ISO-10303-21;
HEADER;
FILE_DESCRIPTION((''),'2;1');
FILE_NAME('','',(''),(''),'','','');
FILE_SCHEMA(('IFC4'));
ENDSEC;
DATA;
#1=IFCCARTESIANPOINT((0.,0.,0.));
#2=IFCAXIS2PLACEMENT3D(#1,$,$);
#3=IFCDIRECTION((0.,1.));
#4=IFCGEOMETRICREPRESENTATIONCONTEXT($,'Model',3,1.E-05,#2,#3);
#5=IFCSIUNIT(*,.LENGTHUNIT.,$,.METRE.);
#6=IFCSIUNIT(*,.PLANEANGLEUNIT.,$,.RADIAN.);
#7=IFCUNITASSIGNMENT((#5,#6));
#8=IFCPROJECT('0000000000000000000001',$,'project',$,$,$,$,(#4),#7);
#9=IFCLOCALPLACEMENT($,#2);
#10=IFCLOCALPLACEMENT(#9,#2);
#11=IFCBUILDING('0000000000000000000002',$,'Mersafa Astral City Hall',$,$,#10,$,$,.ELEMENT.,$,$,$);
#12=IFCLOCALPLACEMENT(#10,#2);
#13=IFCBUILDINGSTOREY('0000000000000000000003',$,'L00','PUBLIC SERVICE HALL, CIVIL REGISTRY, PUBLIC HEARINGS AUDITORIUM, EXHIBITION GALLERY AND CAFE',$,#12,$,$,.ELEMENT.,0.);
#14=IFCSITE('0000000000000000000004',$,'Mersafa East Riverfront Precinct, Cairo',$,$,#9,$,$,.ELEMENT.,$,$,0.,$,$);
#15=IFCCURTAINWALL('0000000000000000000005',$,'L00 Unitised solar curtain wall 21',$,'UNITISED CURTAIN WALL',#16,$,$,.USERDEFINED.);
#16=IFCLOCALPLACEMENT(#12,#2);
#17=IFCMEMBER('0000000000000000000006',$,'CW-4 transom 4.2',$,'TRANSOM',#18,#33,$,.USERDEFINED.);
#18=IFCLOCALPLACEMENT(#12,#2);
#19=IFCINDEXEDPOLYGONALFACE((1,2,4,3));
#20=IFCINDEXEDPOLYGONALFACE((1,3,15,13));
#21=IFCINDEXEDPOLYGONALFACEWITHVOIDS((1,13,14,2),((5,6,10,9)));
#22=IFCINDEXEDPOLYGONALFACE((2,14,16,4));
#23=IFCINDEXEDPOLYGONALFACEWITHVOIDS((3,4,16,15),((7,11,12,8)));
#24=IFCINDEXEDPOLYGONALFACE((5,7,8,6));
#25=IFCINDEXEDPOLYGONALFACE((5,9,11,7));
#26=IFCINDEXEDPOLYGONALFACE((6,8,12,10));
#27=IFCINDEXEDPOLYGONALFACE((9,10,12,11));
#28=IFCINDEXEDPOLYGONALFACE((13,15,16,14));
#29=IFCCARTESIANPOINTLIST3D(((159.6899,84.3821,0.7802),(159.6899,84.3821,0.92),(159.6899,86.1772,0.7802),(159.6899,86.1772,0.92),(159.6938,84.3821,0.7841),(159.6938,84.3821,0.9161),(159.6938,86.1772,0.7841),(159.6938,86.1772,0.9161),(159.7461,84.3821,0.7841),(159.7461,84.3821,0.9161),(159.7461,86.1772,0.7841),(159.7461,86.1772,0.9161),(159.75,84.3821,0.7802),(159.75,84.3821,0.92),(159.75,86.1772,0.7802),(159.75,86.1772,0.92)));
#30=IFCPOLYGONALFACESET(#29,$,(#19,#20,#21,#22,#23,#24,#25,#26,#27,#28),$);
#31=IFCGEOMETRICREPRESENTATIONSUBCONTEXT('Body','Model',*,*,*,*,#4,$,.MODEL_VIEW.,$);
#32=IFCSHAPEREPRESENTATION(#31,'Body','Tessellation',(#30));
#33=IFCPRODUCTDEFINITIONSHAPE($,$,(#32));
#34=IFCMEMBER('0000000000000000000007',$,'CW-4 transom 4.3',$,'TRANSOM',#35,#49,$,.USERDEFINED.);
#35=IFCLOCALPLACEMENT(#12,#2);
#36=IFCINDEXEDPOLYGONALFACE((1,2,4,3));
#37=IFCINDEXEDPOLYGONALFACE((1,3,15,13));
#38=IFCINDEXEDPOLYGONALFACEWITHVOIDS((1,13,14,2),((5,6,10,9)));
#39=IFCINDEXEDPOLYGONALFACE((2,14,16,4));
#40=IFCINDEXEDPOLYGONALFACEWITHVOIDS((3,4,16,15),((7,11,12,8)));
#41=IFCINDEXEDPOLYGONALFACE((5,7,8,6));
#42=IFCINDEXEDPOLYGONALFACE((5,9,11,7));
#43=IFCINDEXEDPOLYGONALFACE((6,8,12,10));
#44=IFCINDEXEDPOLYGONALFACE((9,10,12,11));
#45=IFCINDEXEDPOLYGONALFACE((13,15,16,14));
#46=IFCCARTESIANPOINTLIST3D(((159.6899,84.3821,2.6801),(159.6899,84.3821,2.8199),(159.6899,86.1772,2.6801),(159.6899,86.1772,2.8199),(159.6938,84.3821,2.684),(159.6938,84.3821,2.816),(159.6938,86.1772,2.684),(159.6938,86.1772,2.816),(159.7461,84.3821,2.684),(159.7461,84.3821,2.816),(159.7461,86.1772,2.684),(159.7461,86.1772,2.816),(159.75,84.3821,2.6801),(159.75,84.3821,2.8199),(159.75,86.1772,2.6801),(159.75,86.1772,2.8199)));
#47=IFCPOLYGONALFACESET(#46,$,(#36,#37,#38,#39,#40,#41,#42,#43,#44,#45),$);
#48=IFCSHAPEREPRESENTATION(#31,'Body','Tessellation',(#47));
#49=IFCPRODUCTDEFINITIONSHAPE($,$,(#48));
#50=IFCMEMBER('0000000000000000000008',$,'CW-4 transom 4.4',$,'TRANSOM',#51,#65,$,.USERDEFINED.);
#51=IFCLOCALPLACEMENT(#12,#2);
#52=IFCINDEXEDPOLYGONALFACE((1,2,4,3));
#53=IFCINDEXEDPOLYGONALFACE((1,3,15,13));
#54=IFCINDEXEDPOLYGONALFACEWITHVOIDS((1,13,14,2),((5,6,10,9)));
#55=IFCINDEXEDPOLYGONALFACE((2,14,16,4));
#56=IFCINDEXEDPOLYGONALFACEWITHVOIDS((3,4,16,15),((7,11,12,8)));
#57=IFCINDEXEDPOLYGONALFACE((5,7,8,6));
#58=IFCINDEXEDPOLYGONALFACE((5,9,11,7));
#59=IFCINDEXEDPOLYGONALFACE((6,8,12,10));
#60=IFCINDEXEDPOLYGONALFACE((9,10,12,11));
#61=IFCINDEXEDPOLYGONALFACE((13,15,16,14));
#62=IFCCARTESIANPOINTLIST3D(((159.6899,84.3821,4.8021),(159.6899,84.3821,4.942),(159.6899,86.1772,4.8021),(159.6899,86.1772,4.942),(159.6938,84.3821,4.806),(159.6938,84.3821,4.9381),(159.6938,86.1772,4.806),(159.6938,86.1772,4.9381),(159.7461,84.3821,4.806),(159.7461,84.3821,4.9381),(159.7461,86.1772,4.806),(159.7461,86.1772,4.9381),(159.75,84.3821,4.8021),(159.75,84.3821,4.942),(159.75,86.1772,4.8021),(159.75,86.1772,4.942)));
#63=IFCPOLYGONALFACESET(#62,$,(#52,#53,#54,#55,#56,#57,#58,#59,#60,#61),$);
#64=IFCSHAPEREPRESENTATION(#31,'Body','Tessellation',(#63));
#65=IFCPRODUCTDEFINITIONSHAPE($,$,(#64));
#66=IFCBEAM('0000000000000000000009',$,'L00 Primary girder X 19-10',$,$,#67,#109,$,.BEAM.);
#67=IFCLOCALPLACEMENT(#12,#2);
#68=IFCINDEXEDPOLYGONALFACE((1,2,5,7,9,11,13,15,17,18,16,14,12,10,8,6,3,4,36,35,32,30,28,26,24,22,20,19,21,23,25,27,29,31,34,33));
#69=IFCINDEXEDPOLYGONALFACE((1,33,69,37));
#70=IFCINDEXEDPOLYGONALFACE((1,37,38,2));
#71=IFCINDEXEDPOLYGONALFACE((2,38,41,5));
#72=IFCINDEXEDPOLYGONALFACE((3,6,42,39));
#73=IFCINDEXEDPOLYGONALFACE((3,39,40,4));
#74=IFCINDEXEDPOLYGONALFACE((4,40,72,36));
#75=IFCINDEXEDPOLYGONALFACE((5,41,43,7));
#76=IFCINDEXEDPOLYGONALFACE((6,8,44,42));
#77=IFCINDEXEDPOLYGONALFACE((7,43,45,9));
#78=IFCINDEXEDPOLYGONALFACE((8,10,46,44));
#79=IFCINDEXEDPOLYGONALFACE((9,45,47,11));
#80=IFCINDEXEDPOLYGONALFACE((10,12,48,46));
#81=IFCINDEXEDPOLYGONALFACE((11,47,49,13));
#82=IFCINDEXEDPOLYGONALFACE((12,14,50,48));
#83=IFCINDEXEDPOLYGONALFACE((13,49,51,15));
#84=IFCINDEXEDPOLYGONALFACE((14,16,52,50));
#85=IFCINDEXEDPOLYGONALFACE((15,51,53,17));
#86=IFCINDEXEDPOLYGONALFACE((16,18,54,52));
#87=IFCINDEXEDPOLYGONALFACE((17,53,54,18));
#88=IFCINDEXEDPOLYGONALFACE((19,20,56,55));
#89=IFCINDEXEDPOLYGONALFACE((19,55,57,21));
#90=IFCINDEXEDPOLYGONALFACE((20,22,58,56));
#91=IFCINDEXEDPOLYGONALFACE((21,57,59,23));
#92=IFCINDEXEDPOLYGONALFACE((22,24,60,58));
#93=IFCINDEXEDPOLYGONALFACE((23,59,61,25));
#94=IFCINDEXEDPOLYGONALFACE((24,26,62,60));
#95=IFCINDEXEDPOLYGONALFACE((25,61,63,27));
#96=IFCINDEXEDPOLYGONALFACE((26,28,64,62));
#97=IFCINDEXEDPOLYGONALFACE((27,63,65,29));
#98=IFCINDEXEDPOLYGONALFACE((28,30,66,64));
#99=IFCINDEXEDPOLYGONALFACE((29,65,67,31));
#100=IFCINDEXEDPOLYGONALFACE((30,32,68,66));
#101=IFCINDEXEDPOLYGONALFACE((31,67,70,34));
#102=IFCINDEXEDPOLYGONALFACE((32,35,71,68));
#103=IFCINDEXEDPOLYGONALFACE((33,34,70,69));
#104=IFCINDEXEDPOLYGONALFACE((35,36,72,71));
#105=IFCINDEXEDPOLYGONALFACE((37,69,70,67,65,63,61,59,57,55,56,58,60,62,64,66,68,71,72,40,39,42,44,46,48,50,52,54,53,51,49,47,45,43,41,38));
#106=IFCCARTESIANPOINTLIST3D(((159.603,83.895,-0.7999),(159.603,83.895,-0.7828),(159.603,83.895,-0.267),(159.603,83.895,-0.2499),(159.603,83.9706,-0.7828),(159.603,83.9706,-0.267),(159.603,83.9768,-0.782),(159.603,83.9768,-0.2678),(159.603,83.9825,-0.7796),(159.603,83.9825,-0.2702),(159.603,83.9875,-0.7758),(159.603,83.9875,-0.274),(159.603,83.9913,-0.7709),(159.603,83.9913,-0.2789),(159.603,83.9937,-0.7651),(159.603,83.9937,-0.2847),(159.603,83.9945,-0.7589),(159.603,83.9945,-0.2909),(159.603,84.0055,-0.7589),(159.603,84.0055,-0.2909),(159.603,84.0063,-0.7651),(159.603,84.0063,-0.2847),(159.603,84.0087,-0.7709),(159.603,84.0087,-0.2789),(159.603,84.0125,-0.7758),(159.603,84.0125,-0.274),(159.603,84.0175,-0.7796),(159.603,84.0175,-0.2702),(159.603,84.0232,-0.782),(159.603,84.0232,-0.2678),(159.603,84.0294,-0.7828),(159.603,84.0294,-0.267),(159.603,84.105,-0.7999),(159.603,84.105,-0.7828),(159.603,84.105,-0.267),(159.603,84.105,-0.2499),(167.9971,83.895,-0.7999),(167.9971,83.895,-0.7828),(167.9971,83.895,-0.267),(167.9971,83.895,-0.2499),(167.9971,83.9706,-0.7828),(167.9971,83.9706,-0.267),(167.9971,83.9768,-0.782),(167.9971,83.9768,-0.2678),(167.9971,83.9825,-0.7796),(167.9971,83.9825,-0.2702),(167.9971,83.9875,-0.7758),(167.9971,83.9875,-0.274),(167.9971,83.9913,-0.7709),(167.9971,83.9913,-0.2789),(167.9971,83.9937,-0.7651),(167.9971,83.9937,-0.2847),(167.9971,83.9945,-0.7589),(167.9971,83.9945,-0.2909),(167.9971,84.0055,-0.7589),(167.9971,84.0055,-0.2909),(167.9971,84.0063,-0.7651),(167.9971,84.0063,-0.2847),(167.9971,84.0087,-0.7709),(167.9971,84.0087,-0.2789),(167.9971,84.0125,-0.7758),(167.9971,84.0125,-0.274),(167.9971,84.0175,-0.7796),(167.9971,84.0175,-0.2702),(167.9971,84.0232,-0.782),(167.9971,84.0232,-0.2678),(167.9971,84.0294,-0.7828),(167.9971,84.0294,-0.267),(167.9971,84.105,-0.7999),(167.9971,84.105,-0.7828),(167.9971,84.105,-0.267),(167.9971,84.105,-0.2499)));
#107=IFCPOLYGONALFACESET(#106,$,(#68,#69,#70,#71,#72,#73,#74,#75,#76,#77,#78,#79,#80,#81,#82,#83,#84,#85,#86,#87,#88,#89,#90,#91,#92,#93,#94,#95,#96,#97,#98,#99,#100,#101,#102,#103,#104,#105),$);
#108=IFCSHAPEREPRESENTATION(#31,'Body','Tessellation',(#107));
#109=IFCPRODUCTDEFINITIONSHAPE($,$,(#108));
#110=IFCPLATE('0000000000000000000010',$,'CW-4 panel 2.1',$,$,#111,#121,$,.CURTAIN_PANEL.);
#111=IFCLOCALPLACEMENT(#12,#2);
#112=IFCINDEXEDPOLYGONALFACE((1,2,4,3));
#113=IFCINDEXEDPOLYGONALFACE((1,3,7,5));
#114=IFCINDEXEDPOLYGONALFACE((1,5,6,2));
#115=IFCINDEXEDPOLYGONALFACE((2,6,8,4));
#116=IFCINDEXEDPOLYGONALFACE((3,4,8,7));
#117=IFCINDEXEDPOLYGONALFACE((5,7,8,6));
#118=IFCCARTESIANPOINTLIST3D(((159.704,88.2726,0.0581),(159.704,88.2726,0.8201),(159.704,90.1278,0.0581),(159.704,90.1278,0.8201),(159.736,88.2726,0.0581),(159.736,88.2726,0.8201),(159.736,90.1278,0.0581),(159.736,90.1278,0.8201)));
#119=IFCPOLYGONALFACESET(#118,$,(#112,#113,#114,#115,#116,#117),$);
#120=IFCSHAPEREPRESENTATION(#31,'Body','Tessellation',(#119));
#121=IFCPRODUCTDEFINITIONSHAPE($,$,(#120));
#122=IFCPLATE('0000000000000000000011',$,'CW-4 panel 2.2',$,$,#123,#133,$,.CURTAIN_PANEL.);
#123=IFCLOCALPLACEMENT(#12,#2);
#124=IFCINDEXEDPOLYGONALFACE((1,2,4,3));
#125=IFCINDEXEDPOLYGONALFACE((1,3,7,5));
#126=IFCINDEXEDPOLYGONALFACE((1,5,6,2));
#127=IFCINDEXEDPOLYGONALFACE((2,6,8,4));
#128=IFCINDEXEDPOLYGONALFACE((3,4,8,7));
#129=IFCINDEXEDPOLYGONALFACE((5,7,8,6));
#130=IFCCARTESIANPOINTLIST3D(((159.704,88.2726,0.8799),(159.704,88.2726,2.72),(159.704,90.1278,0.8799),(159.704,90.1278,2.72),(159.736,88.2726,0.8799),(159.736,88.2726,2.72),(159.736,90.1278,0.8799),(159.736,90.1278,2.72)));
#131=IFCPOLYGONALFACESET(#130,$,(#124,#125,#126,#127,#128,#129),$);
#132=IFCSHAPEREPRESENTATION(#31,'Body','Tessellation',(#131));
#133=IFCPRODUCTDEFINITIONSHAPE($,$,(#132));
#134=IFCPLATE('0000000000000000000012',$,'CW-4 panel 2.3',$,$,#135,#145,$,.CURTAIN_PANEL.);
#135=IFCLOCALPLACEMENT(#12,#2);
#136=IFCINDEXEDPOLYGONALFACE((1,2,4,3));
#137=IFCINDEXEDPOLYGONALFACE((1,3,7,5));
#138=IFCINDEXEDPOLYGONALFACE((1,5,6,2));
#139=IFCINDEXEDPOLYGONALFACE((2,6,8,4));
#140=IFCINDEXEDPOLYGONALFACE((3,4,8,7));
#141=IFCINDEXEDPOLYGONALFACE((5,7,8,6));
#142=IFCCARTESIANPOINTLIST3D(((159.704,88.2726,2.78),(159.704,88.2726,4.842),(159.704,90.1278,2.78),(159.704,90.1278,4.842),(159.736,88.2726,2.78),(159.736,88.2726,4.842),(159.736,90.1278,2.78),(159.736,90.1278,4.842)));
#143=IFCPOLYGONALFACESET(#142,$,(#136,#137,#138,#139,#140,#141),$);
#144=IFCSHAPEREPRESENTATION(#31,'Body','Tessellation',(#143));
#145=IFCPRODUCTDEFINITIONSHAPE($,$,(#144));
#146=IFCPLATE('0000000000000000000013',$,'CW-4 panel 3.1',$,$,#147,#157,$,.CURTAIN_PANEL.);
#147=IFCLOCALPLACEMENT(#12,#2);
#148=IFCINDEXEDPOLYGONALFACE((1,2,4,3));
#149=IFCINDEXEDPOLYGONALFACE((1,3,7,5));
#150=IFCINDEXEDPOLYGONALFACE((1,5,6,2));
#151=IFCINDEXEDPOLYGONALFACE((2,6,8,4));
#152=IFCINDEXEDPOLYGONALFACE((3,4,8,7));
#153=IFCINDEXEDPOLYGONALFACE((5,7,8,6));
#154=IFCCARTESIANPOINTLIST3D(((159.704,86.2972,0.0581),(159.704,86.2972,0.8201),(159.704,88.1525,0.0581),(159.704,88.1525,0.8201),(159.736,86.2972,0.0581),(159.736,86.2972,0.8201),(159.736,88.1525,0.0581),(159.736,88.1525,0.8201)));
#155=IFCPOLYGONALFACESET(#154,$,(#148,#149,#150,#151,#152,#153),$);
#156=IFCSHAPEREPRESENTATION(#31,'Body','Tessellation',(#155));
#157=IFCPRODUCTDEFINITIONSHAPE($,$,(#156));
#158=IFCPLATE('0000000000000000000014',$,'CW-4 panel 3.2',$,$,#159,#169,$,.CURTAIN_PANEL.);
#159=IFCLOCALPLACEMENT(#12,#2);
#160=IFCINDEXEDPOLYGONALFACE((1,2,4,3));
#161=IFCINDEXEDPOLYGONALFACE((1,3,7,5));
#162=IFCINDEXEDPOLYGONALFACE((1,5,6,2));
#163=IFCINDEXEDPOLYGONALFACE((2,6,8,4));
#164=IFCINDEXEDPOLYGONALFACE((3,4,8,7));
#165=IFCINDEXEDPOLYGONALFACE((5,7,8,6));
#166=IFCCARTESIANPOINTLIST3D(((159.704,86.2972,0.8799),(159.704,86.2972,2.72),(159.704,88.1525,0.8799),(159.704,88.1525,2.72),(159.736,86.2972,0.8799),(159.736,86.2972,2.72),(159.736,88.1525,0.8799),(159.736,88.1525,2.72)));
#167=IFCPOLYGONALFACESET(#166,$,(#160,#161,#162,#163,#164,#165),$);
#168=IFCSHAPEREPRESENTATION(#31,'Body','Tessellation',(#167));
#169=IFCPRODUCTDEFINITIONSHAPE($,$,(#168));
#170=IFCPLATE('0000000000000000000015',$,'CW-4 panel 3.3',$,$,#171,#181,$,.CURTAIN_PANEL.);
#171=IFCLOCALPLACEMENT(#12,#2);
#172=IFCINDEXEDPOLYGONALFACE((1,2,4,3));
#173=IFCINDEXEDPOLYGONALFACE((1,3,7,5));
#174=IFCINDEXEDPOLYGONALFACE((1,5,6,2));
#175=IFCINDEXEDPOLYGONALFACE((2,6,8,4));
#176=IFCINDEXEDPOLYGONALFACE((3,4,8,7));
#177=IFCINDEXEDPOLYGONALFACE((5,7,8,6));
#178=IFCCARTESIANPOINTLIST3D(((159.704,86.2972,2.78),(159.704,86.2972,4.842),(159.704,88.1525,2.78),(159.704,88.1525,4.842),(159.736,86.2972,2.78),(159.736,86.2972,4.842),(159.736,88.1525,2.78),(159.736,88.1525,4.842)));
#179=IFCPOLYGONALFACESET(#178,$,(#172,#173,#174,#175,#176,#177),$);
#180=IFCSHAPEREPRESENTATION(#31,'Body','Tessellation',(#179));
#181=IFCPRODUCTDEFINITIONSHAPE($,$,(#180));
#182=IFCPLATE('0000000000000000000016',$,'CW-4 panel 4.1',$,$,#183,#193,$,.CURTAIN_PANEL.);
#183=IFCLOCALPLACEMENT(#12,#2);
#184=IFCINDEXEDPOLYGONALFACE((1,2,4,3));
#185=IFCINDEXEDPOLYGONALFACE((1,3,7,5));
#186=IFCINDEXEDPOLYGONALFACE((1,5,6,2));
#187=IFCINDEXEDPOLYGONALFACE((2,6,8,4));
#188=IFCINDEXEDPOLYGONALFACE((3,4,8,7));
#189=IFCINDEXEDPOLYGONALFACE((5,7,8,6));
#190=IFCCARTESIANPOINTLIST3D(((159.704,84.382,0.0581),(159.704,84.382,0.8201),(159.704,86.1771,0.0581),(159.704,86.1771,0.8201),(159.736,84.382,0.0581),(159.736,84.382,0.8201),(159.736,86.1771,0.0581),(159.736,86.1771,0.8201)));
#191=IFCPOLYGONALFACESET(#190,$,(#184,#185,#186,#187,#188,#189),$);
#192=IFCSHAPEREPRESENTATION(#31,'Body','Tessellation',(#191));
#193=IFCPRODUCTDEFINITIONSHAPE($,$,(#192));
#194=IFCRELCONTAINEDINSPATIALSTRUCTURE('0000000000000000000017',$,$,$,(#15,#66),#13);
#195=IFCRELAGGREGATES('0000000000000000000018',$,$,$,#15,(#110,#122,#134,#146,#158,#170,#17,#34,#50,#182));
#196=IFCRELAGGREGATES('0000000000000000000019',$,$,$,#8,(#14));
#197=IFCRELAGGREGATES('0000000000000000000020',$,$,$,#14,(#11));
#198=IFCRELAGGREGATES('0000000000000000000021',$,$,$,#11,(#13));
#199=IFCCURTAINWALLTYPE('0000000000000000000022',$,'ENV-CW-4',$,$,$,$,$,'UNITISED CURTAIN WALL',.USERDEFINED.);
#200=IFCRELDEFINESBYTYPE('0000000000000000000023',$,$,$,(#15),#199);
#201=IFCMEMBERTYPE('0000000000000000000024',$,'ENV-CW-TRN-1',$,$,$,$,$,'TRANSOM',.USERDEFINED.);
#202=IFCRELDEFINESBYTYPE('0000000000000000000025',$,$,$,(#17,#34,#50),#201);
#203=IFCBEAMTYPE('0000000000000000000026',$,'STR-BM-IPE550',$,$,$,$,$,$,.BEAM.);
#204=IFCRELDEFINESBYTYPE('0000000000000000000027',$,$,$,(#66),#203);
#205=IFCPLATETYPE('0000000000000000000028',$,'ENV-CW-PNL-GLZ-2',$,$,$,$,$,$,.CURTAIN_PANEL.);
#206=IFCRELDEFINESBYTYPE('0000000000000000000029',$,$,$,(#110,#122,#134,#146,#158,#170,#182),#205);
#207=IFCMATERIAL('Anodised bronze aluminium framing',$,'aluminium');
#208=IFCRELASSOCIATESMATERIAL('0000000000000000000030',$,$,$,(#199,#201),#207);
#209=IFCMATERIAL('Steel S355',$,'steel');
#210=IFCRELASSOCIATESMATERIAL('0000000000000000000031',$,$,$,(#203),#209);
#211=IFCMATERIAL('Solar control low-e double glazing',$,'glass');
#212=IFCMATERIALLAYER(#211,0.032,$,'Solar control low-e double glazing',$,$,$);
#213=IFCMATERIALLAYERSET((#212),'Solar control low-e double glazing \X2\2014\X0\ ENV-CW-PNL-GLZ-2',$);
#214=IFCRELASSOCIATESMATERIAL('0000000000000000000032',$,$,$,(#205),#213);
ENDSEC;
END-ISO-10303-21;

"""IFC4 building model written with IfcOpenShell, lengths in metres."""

from ifc_helpers import new_model, si_unit, direction, frame, origin, origin_2d, place, context, subcontext, project, spatial, rectangle, hollow_rectangle, i_section, extrude, material, layer, layer_set, material_profile, profile_set, type_object, element, aggregate, save


model = new_model("IFC4")

# Units and contexts
model_context = context("Model", 3, precision=1e-05, world=origin(), true_north=direction((0.0, 1.0)))
body_context = subcontext(model_context, "Body", "Model", "MODEL_VIEW")
ifc_project = project(units=[si_unit("LENGTHUNIT", "METRE"), si_unit("PLANEANGLEUNIT", "RADIAN")], contexts=[model_context])

# Site, building, storey
site_placement = place(None, origin())
site = spatial("IfcSite", under=ifc_project, at=site_placement, Name="Mersafa East Riverfront Precinct, Cairo", CompositionType="ELEMENT", RefElevation=0.0)
building_placement = place(site_placement, origin())
building = spatial("IfcBuilding", under=site, at=building_placement, Name="Mersafa Astral City Hall", CompositionType="ELEMENT")
storey_placement = place(building_placement, origin())
storey = spatial("IfcBuildingStorey", under=building, at=storey_placement, Name="L00", Description="PUBLIC SERVICE HALL, CIVIL REGISTRY, PUBLIC HEARINGS AUDITORIUM, EXHIBITION GALLERY AND CAFE", CompositionType="ELEMENT", Elevation=0.0)

# Curtain wall, members
ifc_material_1 = material(Name="Anodised bronze aluminium framing", Category="aluminium")
curtain_wall_type = type_object("IfcCurtainWallType", Name="ENV-CW-4", ElementType="UNITISED CURTAIN WALL", PredefinedType="USERDEFINED", material=ifc_material_1)
curtain_wall_placement = place(storey_placement, origin())
curtain_wall = element("IfcCurtainWall", 1, at=curtain_wall_placement, inside=storey, type_object=curtain_wall_type, Name="L00 Unitised solar curtain wall 21", ObjectType="UNITISED CURTAIN WALL", PredefinedType="USERDEFINED")
ifc_material_profile_1 = material_profile(ifc_material_1, hollow_rectangle(XDim=0.0601, YDim=0.1399, WallThickness=0.0039, at=origin_2d()), Name="RHS 60x140x4")
ifc_profile_set_1 = profile_set([ifc_material_profile_1], Name="Anodised bronze aluminium framing")
member_type_1 = type_object("IfcMemberType", Name="ENV-CW-TRN-1", ElementType="TRANSOM", PredefinedType="USERDEFINED", material=ifc_profile_set_1)
member_1_placement = place(storey_placement, frame((159.72, 86.1772, 0.8501), z_axis=(0.0, -1.0, 0.0), x_axis=(1.0, 0.0, 0.0)))
member_1 = element("IfcMember", 2, at=member_1_placement, type_object=member_type_1, Name="CW-4 transom 4.2", ObjectType="TRANSOM", PredefinedType="USERDEFINED", context=body_context, shape_type="SweptSolid", body=[
    extrude(hollow_rectangle(XDim=0.0601, YDim=0.1399, WallThickness=0.0039, at=origin_2d()), origin(), (0.0, 0.0, 1.0), 1.7952),
])
member_2_placement = place(storey_placement, frame((159.72, 86.1772, 2.75), z_axis=(0.0, -1.0, 0.0), x_axis=(1.0, 0.0, 0.0)))
member_2 = element("IfcMember", 3, at=member_2_placement, type_object=member_type_1, Name="CW-4 transom 4.3", ObjectType="TRANSOM", PredefinedType="USERDEFINED", context=body_context, shape_type="SweptSolid", body=[
    extrude(hollow_rectangle(XDim=0.0601, YDim=0.1399, WallThickness=0.0039, at=origin_2d()), origin(), (0.0, 0.0, 1.0), 1.7952),
])
member_3_placement = place(storey_placement, frame((159.72, 86.1772, 4.8721), z_axis=(0.0, -1.0, 0.0), x_axis=(1.0, 0.0, 0.0)))
member_3 = element("IfcMember", 4, at=member_3_placement, type_object=member_type_1, Name="CW-4 transom 4.4", ObjectType="TRANSOM", PredefinedType="USERDEFINED", context=body_context, shape_type="SweptSolid", body=[
    extrude(hollow_rectangle(XDim=0.0601, YDim=0.1399, WallThickness=0.0039, at=origin_2d()), origin(), (0.0, 0.0, 1.0), 1.7952),
])

# Beam
ifc_material_2 = material(Name="Steel S355", Category="steel")
ifc_material_profile_2 = material_profile(ifc_material_2, i_section(OverallWidth=0.21, OverallDepth=0.55, WebThickness=0.011, FlangeThickness=0.0171, FilletRadius=0.0239, at=origin_2d()), Name="IPE 550")
ifc_profile_set_2 = profile_set([ifc_material_profile_2], Name="Steel S355")
beam_type = type_object("IfcBeamType", Name="STR-BM-IPE550", PredefinedType="BEAM", material=ifc_profile_set_2)
beam_placement = place(storey_placement, frame((159.603, 84.0, -0.5249), z_axis=(1.0, 0.0, 0.0), x_axis=(0.0, 1.0, 0.0)))
element("IfcBeam", 5, at=beam_placement, inside=storey, type_object=beam_type, Name="L00 Primary girder X 19-10", PredefinedType="BEAM", context=body_context, shape_type="SweptSolid", body=[
    extrude(i_section(OverallWidth=0.21, OverallDepth=0.55, WebThickness=0.011, FlangeThickness=0.0171, FilletRadius=0.0239, at=origin_2d()), origin(), (0.0, 0.0, 1.0), 8.394),
])

# Plates
ifc_material_3 = material(Name="Solar control low-e double glazing", Category="glass")
ifc_layer = layer(ifc_material_3, 0.032, Name="Solar control low-e double glazing")
ifc_layer_set = layer_set([ifc_layer], Name="Solar control low-e double glazing — ENV-CW-PNL-GLZ-2")
plate_type = type_object("IfcPlateType", Name="ENV-CW-PNL-GLZ-2", PredefinedType="CURTAIN_PANEL", material=ifc_layer_set)
plate_1_placement = place(storey_placement, frame((159.72, 89.2002, 0.0581), z_axis=(0.0, 0.0, 1.0), x_axis=(0.0, -1.0, 0.0)))
plate_1 = element("IfcPlate", 6, at=plate_1_placement, type_object=plate_type, Name="CW-4 panel 2.1", PredefinedType="CURTAIN_PANEL", context=body_context, shape_type="SweptSolid", body=[
    extrude(rectangle(XDim=1.8552, YDim=0.032, at=origin_2d()), origin(), (0.0, 0.0, 1.0), 0.762),
])
plate_2_placement = place(storey_placement, frame((159.72, 89.2002, 0.8799), z_axis=(0.0, 0.0, 1.0), x_axis=(0.0, -1.0, 0.0)))
plate_2 = element("IfcPlate", 7, at=plate_2_placement, type_object=plate_type, Name="CW-4 panel 2.2", PredefinedType="CURTAIN_PANEL", context=body_context, shape_type="SweptSolid", body=[
    extrude(rectangle(XDim=1.8552, YDim=0.032, at=origin_2d()), origin(), (0.0, 0.0, 1.0), 1.8401),
])
plate_3_placement = place(storey_placement, frame((159.72, 89.2002, 2.78), z_axis=(0.0, 0.0, 1.0), x_axis=(0.0, -1.0, 0.0)))
plate_3 = element("IfcPlate", 8, at=plate_3_placement, type_object=plate_type, Name="CW-4 panel 2.3", PredefinedType="CURTAIN_PANEL", context=body_context, shape_type="SweptSolid", body=[
    extrude(rectangle(XDim=1.8552, YDim=0.032, at=origin_2d()), origin(), (0.0, 0.0, 1.0), 2.062),
])
plate_4_placement = place(storey_placement, frame((159.72, 87.2249, 0.0581), z_axis=(0.0, 0.0, 1.0), x_axis=(0.0, -1.0, 0.0)))
plate_4 = element("IfcPlate", 9, at=plate_4_placement, type_object=plate_type, Name="CW-4 panel 3.1", PredefinedType="CURTAIN_PANEL", context=body_context, shape_type="SweptSolid", body=[
    extrude(rectangle(XDim=1.8552, YDim=0.032, at=origin_2d()), origin(), (0.0, 0.0, 1.0), 0.762),
])
plate_5_placement = place(storey_placement, frame((159.72, 87.2249, 0.8799), z_axis=(0.0, 0.0, 1.0), x_axis=(0.0, -1.0, 0.0)))
plate_5 = element("IfcPlate", 10, at=plate_5_placement, type_object=plate_type, Name="CW-4 panel 3.2", PredefinedType="CURTAIN_PANEL", context=body_context, shape_type="SweptSolid", body=[
    extrude(rectangle(XDim=1.8552, YDim=0.032, at=origin_2d()), origin(), (0.0, 0.0, 1.0), 1.8401),
])
plate_6_placement = place(storey_placement, frame((159.72, 87.2249, 2.78), z_axis=(0.0, 0.0, 1.0), x_axis=(0.0, -1.0, 0.0)))
plate_6 = element("IfcPlate", 11, at=plate_6_placement, type_object=plate_type, Name="CW-4 panel 3.3", PredefinedType="CURTAIN_PANEL", context=body_context, shape_type="SweptSolid", body=[
    extrude(rectangle(XDim=1.8552, YDim=0.032, at=origin_2d()), origin(), (0.0, 0.0, 1.0), 2.062),
])
plate_7_placement = place(storey_placement, frame((159.72, 85.2795, 0.0581), z_axis=(0.0, 0.0, 1.0), x_axis=(0.0, -1.0, 0.0)))
plate_7 = element("IfcPlate", 12, at=plate_7_placement, type_object=plate_type, Name="CW-4 panel 4.1", PredefinedType="CURTAIN_PANEL", context=body_context, shape_type="SweptSolid", body=[
    extrude(rectangle(XDim=1.7952, YDim=0.032, at=origin_2d()), origin(), (0.0, 0.0, 1.0), 0.762),
])
aggregate(curtain_wall, [plate_1, plate_2, plate_3, plate_4, plate_5, plate_6, member_1, member_2, member_3, plate_7])

save(model, "model.ifc")
